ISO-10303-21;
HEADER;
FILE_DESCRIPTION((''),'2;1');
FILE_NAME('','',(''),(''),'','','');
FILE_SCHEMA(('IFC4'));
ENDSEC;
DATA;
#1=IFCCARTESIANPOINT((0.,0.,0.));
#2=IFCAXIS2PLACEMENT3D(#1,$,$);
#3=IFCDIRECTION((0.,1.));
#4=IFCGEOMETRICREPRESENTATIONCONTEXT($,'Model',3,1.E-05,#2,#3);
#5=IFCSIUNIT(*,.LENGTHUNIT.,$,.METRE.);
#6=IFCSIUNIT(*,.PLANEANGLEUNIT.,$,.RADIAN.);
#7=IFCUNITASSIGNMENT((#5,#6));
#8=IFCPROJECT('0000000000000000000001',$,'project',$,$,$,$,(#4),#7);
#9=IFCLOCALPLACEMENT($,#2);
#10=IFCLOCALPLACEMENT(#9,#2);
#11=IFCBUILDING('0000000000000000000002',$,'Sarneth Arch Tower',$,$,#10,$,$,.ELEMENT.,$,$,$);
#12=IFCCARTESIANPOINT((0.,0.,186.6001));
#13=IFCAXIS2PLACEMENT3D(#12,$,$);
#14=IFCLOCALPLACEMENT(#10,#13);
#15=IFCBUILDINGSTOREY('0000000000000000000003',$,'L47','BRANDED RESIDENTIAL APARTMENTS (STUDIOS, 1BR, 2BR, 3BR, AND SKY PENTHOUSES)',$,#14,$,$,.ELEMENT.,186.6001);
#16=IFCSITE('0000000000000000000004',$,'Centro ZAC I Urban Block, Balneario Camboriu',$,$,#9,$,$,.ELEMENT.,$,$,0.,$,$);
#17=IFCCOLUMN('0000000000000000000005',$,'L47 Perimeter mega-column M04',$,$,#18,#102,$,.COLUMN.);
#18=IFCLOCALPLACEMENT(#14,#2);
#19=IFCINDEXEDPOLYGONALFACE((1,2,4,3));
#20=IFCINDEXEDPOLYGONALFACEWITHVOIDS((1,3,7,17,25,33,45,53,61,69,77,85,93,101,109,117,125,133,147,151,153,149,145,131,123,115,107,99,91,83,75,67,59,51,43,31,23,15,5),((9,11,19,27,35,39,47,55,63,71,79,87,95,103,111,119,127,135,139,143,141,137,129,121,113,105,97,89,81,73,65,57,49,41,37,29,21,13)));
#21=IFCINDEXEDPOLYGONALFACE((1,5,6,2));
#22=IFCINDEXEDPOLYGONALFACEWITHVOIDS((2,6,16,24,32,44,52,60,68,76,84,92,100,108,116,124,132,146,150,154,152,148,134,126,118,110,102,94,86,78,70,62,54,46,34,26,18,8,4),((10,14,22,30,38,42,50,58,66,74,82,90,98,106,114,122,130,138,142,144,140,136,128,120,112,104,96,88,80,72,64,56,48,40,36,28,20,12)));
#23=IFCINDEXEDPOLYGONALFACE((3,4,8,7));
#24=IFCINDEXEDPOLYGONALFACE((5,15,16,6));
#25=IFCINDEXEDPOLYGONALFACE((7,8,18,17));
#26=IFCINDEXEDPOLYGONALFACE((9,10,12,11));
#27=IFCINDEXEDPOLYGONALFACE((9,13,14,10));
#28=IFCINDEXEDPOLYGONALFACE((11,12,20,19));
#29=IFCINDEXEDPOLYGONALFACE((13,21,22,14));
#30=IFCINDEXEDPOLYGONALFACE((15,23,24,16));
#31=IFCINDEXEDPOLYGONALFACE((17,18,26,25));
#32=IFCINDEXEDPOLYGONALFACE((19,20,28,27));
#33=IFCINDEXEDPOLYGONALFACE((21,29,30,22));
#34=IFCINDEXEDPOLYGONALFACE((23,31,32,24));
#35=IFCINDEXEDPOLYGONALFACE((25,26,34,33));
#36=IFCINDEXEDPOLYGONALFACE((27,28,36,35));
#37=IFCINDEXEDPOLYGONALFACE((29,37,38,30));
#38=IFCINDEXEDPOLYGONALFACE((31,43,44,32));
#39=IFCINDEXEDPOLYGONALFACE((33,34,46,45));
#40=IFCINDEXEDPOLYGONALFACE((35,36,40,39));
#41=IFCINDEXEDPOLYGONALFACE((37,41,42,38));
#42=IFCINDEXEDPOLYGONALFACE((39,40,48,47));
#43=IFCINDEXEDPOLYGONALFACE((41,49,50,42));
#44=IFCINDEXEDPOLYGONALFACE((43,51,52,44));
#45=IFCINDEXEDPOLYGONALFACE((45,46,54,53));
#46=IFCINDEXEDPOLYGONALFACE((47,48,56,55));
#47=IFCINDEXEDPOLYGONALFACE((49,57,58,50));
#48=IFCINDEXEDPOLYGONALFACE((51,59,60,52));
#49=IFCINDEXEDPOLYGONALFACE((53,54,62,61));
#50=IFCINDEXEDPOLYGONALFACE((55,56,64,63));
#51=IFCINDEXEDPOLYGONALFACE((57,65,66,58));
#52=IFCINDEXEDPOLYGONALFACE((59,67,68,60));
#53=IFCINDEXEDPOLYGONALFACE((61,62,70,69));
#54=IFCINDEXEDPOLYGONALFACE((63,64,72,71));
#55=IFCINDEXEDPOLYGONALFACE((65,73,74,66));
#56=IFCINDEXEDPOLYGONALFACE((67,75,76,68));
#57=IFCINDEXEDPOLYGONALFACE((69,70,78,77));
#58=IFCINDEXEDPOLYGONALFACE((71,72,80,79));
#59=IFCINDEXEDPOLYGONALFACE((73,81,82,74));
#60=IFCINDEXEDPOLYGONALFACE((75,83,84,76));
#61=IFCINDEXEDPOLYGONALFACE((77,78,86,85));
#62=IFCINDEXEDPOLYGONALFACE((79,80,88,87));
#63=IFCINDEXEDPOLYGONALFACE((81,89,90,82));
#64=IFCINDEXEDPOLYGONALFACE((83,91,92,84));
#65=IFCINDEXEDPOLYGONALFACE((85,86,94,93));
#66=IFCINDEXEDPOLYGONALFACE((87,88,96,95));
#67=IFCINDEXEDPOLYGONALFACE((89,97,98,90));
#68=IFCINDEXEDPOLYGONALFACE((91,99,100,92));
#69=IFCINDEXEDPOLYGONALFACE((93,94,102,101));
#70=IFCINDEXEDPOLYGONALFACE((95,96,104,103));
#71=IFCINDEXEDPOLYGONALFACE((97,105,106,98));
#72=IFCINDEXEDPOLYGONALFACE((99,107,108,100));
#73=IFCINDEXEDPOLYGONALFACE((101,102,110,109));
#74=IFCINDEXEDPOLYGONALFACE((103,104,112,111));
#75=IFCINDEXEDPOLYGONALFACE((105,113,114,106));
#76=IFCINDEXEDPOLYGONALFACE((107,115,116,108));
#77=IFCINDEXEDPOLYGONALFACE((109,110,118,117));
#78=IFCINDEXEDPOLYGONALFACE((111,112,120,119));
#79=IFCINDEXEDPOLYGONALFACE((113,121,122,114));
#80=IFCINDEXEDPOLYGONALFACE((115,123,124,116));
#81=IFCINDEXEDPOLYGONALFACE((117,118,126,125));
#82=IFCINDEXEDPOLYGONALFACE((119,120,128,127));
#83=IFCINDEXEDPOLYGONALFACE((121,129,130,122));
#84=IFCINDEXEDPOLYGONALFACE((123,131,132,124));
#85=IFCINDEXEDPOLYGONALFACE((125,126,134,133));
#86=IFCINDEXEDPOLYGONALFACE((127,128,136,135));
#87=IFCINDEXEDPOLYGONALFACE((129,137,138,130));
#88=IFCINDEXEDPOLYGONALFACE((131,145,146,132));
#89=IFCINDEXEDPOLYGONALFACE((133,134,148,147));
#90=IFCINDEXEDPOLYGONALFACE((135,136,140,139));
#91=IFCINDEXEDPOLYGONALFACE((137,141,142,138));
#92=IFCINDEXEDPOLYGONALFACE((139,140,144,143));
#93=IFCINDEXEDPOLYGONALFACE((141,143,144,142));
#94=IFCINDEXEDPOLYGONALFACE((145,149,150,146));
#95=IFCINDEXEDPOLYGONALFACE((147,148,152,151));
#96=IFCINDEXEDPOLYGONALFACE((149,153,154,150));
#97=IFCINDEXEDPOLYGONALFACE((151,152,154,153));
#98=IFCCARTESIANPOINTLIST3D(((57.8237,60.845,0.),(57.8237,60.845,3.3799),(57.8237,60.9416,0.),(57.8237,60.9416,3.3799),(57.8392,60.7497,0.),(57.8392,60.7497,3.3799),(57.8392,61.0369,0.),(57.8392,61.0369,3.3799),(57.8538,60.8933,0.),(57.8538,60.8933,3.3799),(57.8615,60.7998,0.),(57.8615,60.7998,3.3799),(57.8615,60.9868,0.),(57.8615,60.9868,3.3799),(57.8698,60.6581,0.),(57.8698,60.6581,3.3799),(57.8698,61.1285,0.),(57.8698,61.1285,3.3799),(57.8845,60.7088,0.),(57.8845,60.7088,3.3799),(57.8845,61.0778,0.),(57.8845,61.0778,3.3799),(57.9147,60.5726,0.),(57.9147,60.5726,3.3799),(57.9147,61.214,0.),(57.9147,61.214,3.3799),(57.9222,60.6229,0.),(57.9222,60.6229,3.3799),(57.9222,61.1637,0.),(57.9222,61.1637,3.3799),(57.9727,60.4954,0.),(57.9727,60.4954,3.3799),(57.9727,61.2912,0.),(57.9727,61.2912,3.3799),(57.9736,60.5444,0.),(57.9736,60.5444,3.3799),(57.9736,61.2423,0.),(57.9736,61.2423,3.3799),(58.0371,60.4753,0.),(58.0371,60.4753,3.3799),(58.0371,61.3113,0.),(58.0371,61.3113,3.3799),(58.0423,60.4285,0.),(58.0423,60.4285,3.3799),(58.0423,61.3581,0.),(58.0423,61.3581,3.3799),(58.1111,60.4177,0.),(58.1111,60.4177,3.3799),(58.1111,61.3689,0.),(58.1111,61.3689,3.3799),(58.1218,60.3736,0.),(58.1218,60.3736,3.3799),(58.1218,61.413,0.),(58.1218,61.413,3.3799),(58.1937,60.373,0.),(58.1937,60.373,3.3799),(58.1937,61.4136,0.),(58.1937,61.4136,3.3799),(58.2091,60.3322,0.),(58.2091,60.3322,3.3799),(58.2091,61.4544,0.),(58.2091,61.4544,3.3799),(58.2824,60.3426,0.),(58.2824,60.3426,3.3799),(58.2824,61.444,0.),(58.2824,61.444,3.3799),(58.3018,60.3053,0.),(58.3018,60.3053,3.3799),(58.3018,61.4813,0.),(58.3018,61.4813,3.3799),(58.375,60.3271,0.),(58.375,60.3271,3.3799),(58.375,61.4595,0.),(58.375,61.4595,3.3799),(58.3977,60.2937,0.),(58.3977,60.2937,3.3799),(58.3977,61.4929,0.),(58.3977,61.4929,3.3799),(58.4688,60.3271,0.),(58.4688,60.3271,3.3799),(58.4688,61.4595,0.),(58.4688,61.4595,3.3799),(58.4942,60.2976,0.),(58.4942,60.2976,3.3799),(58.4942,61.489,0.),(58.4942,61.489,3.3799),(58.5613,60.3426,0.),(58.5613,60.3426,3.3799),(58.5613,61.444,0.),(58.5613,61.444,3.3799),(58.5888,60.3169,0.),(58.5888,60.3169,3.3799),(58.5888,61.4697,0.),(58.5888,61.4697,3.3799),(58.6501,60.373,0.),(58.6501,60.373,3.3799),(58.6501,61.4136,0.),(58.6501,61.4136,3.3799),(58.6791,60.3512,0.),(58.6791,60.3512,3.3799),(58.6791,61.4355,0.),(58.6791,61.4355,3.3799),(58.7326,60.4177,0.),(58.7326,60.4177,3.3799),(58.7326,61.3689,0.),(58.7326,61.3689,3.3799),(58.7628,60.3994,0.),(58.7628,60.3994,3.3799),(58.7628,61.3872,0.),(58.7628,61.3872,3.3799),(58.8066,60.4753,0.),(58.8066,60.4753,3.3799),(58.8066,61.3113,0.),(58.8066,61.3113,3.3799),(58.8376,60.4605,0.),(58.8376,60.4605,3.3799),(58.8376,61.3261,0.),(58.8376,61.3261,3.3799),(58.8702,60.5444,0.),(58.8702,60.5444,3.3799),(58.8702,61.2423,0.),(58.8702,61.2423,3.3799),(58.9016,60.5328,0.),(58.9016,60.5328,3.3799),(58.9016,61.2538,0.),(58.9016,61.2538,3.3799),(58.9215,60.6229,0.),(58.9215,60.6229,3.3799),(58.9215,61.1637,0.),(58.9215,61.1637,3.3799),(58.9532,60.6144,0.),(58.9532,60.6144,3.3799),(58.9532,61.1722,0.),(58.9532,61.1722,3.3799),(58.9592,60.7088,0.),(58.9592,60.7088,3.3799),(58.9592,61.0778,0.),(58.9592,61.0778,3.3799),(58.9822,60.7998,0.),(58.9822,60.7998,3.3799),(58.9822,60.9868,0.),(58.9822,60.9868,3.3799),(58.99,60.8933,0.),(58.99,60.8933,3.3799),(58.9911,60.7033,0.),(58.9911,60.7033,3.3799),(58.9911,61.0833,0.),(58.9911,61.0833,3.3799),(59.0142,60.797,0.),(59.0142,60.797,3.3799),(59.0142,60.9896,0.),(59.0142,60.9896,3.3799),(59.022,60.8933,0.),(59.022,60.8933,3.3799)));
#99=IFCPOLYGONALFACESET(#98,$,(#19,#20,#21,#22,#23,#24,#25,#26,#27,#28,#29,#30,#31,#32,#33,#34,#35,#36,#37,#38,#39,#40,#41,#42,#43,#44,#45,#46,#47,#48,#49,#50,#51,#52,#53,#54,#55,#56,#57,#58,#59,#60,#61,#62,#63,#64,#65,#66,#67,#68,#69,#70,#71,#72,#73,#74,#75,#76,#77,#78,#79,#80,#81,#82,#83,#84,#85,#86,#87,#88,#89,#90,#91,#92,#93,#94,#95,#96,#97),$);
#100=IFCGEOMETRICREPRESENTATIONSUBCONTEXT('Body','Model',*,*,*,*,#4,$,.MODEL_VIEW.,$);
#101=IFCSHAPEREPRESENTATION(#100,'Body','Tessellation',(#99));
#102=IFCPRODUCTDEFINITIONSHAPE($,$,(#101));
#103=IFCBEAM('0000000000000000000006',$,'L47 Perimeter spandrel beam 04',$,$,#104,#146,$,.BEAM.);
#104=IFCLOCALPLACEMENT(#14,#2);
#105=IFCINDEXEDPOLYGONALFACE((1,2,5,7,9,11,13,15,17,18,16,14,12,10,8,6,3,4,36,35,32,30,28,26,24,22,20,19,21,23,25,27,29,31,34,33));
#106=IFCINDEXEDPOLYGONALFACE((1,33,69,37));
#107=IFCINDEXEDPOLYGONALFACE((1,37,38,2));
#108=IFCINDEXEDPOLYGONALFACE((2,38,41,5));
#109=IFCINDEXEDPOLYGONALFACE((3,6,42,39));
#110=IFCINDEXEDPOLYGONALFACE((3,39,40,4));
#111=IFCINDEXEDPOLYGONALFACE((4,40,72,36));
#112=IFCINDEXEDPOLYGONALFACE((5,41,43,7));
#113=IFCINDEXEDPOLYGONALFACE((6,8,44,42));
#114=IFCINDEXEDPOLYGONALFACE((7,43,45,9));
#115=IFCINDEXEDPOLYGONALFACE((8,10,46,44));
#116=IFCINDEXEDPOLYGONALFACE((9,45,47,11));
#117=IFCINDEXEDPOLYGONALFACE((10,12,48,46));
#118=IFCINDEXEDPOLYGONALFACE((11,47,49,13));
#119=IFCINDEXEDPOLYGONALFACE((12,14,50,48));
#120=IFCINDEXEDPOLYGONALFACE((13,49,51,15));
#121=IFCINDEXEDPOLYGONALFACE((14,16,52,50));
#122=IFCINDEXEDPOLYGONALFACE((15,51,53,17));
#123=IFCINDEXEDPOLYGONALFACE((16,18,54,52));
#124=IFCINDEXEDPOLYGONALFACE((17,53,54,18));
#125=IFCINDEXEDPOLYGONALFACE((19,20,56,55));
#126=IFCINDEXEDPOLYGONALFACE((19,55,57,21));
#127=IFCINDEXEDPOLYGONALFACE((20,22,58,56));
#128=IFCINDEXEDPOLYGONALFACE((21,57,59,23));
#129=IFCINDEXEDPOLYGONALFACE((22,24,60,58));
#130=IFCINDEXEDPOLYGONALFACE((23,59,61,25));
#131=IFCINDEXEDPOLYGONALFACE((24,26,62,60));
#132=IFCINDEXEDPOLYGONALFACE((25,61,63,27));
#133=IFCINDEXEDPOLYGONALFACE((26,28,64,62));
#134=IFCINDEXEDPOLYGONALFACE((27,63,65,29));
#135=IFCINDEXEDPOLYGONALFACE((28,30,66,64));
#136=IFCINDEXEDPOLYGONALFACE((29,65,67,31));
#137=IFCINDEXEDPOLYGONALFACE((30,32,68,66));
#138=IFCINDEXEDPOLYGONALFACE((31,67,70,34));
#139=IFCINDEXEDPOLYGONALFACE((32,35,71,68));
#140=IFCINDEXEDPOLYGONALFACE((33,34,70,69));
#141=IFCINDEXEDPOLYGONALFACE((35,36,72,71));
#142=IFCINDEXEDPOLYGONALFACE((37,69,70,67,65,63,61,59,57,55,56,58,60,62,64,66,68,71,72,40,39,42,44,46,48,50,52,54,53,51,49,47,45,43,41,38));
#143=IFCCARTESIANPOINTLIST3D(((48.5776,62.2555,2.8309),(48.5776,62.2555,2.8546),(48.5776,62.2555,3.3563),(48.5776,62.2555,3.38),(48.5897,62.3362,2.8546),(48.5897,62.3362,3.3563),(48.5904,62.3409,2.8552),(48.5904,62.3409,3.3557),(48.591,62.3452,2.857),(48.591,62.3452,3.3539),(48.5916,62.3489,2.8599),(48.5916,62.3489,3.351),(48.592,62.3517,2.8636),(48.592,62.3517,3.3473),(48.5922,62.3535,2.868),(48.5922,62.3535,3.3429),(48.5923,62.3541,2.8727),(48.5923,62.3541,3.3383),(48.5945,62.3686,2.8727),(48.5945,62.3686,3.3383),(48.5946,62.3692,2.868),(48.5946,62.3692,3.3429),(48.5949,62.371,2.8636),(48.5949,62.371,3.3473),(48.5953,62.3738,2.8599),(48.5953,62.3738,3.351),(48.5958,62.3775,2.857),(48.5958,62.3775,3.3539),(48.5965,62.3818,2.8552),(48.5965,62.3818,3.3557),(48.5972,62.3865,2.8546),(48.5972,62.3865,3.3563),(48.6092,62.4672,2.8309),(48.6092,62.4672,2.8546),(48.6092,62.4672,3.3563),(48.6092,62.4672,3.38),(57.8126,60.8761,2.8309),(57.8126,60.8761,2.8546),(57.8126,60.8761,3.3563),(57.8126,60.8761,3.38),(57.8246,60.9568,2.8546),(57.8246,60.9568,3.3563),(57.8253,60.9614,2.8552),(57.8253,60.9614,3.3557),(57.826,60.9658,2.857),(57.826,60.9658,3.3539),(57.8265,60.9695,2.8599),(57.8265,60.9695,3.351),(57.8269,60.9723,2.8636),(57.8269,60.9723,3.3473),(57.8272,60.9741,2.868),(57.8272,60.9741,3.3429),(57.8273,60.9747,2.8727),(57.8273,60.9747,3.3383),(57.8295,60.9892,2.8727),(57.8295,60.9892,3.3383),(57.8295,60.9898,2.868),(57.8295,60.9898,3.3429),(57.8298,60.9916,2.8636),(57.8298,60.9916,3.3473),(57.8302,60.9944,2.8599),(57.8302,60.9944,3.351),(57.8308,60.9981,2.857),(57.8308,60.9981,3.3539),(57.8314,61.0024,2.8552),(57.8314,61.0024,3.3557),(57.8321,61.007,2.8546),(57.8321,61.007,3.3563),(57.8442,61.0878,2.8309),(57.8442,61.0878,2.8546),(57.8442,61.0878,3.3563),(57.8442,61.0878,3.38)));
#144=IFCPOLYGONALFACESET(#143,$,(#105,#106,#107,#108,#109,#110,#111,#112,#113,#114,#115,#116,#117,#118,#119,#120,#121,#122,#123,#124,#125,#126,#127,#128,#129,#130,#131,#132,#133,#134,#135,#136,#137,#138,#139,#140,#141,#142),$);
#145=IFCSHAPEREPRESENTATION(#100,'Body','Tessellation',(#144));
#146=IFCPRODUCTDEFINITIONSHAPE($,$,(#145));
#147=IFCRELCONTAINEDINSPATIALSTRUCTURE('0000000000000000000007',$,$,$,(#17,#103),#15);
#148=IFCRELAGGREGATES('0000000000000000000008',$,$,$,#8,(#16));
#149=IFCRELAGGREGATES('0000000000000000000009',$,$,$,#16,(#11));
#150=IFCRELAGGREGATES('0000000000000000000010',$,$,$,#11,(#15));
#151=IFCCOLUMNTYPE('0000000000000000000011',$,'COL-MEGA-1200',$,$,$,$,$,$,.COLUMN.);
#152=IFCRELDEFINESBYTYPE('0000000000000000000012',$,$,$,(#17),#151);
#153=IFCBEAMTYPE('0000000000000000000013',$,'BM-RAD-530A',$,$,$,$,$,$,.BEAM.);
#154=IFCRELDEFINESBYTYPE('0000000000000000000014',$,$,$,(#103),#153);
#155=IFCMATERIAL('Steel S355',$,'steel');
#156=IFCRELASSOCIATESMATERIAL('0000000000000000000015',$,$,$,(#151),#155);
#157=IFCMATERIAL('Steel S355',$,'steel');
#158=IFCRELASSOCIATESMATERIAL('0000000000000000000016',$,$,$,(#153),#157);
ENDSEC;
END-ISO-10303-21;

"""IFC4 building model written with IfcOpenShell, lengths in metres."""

from ifc_helpers import new_model, si_unit, direction, frame, origin, origin_2d, place, context, subcontext, project, spatial, hollow_circle, i_section, extrude, material, material_profile, profile_set, type_object, element, save


model = new_model("IFC4")

# Units and contexts
model_context = context("Model", 3, precision=1e-05, world=origin(), true_north=direction((0.0, 1.0)))
body_context = subcontext(model_context, "Body", "Model", "MODEL_VIEW")
ifc_project = project(units=[si_unit("LENGTHUNIT", "METRE"), si_unit("PLANEANGLEUNIT", "RADIAN")], contexts=[model_context])

# Site, building, storey
site_placement = place(None, origin())
site = spatial("IfcSite", under=ifc_project, at=site_placement, Name="Centro ZAC I Urban Block, Balneario Camboriu", CompositionType="ELEMENT", RefElevation=0.0)
building_placement = place(site_placement, origin())
building = spatial("IfcBuilding", under=site, at=building_placement, Name="Sarneth Arch Tower", CompositionType="ELEMENT")
storey_placement = place(building_placement, frame((0.0, 0.0, 186.6001)))
storey = spatial("IfcBuildingStorey", under=building, at=storey_placement, Name="L47", Description="BRANDED RESIDENTIAL APARTMENTS (STUDIOS, 1BR, 2BR, 3BR, AND SKY PENTHOUSES)", CompositionType="ELEMENT", Elevation=186.6001)

# Column
ifc_material_1 = material(Name="Steel S355", Category="steel")
ifc_material_profile_1 = material_profile(ifc_material_1, hollow_circle(Radius=0.6001, WallThickness=0.032, at=origin_2d()), Name="CHS1200x32")
ifc_profile_set_1 = profile_set([ifc_material_profile_1], Name="Steel S355")
column_type = type_object("IfcColumnType", Name="COL-MEGA-1200", PredefinedType="COLUMN", material=ifc_profile_set_1)
column_placement = place(storey_placement, frame((58.4219, 60.8933, 0.0), z_axis=(0.0, 0.0, 1.0), x_axis=(1.0, 0.0, 0.0)))
element("IfcColumn", 1, at=column_placement, inside=storey, type_object=column_type, Name="L47 Perimeter mega-column M04", PredefinedType="COLUMN", context=body_context, shape_type="SweptSolid", body=[
    extrude(hollow_circle(Radius=0.6001, WallThickness=0.032, at=origin_2d()), origin(), (0.0, 0.0, 1.0), 3.3799),
])

# Beam
ifc_material_2 = material(Name="Steel S355", Category="steel")
ifc_material_profile_2 = material_profile(ifc_material_2, i_section(OverallWidth=0.2141, OverallDepth=0.5491, WebThickness=0.0146, FlangeThickness=0.0237, FilletRadius=0.0181, at=origin_2d()), Name="W530x138")
ifc_profile_set_2 = profile_set([ifc_material_profile_2], Name="Steel S355")
beam_type = type_object("IfcBeamType", Name="BM-RAD-530A", PredefinedType="BEAM", material=ifc_profile_set_2)
beam_placement = place(storey_placement, frame((57.8284, 60.9819, 3.1055), z_axis=(-0.989028, 0.147729, 0.0), x_axis=(-0.147729, -0.989028, 0.0)))
element("IfcBeam", 2, at=beam_placement, inside=storey, type_object=beam_type, Name="L47 Perimeter spandrel beam 04", PredefinedType="BEAM", context=body_context, shape_type="SweptSolid", body=[
    extrude(i_section(OverallWidth=0.2141, OverallDepth=0.5491, WebThickness=0.0146, FlangeThickness=0.0237, FilletRadius=0.0181, at=origin_2d()), origin(), (0.0, 0.0, 1.0), 9.3374),
])

save(model, "model.ifc")
